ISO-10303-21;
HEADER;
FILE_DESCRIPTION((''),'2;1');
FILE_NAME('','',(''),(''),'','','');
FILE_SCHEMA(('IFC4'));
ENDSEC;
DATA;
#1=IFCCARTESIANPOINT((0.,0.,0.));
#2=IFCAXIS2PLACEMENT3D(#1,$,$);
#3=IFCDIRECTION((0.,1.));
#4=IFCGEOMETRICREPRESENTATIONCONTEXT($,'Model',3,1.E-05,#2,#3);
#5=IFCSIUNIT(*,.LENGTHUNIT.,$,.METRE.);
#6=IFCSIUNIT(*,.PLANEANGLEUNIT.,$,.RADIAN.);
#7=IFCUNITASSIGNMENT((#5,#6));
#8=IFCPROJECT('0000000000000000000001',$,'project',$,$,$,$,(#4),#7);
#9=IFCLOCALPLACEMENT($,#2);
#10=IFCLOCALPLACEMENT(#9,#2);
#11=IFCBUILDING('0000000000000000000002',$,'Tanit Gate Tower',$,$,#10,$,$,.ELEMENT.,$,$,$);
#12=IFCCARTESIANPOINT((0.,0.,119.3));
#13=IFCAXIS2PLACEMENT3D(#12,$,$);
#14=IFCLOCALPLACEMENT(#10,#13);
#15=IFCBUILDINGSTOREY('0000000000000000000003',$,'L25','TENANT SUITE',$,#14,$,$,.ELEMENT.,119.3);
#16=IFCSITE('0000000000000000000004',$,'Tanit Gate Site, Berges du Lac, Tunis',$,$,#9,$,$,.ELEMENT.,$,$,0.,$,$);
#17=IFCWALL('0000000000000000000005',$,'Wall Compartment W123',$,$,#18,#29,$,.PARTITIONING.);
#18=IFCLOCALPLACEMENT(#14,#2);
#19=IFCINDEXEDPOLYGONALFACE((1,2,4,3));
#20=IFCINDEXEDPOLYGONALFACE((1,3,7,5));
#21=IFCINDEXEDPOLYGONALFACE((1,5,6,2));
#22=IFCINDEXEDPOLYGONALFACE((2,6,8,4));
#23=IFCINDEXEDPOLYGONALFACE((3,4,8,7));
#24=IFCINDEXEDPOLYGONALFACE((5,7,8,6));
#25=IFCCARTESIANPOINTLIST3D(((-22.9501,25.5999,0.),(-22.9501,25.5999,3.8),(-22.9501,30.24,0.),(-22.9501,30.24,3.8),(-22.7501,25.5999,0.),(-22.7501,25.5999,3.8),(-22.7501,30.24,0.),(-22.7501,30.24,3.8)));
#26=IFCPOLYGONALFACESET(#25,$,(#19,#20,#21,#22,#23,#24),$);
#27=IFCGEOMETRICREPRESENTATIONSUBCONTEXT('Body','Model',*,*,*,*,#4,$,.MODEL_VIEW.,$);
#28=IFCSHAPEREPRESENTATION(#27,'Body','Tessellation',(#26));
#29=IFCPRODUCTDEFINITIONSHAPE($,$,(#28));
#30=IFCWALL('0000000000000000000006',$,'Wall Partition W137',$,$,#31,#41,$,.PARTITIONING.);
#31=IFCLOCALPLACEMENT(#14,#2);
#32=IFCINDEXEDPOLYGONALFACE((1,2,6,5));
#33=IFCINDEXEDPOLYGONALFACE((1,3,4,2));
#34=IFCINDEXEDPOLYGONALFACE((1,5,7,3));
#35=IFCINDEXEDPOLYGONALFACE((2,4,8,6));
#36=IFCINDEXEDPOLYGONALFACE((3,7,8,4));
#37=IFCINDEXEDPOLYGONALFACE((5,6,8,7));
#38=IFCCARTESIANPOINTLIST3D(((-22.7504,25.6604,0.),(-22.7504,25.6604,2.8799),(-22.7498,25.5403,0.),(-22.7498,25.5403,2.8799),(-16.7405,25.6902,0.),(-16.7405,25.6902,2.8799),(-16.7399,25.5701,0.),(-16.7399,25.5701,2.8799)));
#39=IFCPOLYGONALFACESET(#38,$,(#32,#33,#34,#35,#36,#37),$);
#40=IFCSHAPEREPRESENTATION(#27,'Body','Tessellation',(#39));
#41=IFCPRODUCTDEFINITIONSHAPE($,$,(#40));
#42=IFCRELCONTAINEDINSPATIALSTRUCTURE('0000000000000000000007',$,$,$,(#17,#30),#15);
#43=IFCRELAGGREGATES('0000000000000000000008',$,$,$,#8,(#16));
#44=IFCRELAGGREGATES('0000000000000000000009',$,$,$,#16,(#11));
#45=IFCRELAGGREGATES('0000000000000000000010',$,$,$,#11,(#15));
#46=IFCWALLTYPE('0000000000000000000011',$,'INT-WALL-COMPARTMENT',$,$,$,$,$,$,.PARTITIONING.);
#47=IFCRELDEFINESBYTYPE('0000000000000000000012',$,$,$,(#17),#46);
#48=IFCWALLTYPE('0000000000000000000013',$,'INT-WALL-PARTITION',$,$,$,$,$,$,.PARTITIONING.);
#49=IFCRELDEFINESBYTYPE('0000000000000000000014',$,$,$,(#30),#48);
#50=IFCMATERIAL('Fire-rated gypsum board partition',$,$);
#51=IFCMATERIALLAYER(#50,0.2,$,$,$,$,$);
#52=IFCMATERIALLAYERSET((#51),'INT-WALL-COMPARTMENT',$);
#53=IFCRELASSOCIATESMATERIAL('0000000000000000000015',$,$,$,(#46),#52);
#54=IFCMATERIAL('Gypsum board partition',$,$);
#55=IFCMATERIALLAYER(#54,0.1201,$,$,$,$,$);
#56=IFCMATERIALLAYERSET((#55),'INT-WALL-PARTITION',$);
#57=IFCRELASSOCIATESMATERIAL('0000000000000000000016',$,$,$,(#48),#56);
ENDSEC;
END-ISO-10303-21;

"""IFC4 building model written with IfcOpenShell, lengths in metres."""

from ifc_helpers import new_model, si_unit, direction, frame, frame_2d, origin, place, context, subcontext, project, spatial, rectangle, extrude, material, layer, layer_set, type_object, element, save


model = new_model("IFC4")

# Units and contexts
model_context = context("Model", 3, precision=1e-05, world=origin(), true_north=direction((0.0, 1.0)))
body_context = subcontext(model_context, "Body", "Model", "MODEL_VIEW")
ifc_project = project(units=[si_unit("LENGTHUNIT", "METRE"), si_unit("PLANEANGLEUNIT", "RADIAN")], contexts=[model_context])

# Site, building, storey
site_placement = place(None, origin())
site = spatial("IfcSite", under=ifc_project, at=site_placement, Name="Tanit Gate Site, Berges du Lac, Tunis", CompositionType="ELEMENT", RefElevation=0.0)
building_placement = place(site_placement, origin())
building = spatial("IfcBuilding", under=site, at=building_placement, Name="Tanit Gate Tower", CompositionType="ELEMENT")
storey_placement = place(building_placement, frame((0.0, 0.0, 119.3)))
storey = spatial("IfcBuildingStorey", under=building, at=storey_placement, Name="L25", Description="TENANT SUITE", CompositionType="ELEMENT", Elevation=119.3)

# Walls
ifc_material_1 = material(Name="Fire-rated gypsum board partition")
ifc_layer_1 = layer(ifc_material_1, 0.2)
ifc_layer_set_1 = layer_set([ifc_layer_1], Name="INT-WALL-COMPARTMENT")
wall_type_1 = type_object("IfcWallType", Name="INT-WALL-COMPARTMENT", PredefinedType="PARTITIONING", material=ifc_layer_set_1)
wall_1_placement = place(storey_placement, frame((-22.8501, 25.5999, 0.0), z_axis=(0.0, 0.0, 1.0), x_axis=(0.0, 1.0, 0.0)))
element("IfcWall", 1, at=wall_1_placement, inside=storey, type_object=wall_type_1, Name="Wall Compartment W123", PredefinedType="PARTITIONING", context=body_context, shape_type="SweptSolid", body=[
    extrude(rectangle(XDim=4.6401, YDim=0.2, at=frame_2d((2.3201, 0.0))), origin(), (0.0, 0.0, 1.0), 3.8),
])
ifc_material_2 = material(Name="Gypsum board partition")
ifc_layer_2 = layer(ifc_material_2, 0.1201)
ifc_layer_set_2 = layer_set([ifc_layer_2], Name="INT-WALL-PARTITION")
wall_type_2 = type_object("IfcWallType", Name="INT-WALL-PARTITION", PredefinedType="PARTITIONING", material=ifc_layer_set_2)
wall_2_placement = place(storey_placement, frame((-22.75, 25.6003, 0.0), z_axis=(0.0, 0.0, 1.0), x_axis=(0.999988, 0.004956, 0.0)))
element("IfcWall", 2, at=wall_2_placement, inside=storey, type_object=wall_type_2, Name="Wall Partition W137", PredefinedType="PARTITIONING", context=body_context, shape_type="SweptSolid", body=[
    extrude(rectangle(XDim=6.01, YDim=0.1201, at=frame_2d((3.0049, 0.0))), origin(), (0.0, 0.0, 1.0), 2.8799),
])

save(model, "model.ifc")
